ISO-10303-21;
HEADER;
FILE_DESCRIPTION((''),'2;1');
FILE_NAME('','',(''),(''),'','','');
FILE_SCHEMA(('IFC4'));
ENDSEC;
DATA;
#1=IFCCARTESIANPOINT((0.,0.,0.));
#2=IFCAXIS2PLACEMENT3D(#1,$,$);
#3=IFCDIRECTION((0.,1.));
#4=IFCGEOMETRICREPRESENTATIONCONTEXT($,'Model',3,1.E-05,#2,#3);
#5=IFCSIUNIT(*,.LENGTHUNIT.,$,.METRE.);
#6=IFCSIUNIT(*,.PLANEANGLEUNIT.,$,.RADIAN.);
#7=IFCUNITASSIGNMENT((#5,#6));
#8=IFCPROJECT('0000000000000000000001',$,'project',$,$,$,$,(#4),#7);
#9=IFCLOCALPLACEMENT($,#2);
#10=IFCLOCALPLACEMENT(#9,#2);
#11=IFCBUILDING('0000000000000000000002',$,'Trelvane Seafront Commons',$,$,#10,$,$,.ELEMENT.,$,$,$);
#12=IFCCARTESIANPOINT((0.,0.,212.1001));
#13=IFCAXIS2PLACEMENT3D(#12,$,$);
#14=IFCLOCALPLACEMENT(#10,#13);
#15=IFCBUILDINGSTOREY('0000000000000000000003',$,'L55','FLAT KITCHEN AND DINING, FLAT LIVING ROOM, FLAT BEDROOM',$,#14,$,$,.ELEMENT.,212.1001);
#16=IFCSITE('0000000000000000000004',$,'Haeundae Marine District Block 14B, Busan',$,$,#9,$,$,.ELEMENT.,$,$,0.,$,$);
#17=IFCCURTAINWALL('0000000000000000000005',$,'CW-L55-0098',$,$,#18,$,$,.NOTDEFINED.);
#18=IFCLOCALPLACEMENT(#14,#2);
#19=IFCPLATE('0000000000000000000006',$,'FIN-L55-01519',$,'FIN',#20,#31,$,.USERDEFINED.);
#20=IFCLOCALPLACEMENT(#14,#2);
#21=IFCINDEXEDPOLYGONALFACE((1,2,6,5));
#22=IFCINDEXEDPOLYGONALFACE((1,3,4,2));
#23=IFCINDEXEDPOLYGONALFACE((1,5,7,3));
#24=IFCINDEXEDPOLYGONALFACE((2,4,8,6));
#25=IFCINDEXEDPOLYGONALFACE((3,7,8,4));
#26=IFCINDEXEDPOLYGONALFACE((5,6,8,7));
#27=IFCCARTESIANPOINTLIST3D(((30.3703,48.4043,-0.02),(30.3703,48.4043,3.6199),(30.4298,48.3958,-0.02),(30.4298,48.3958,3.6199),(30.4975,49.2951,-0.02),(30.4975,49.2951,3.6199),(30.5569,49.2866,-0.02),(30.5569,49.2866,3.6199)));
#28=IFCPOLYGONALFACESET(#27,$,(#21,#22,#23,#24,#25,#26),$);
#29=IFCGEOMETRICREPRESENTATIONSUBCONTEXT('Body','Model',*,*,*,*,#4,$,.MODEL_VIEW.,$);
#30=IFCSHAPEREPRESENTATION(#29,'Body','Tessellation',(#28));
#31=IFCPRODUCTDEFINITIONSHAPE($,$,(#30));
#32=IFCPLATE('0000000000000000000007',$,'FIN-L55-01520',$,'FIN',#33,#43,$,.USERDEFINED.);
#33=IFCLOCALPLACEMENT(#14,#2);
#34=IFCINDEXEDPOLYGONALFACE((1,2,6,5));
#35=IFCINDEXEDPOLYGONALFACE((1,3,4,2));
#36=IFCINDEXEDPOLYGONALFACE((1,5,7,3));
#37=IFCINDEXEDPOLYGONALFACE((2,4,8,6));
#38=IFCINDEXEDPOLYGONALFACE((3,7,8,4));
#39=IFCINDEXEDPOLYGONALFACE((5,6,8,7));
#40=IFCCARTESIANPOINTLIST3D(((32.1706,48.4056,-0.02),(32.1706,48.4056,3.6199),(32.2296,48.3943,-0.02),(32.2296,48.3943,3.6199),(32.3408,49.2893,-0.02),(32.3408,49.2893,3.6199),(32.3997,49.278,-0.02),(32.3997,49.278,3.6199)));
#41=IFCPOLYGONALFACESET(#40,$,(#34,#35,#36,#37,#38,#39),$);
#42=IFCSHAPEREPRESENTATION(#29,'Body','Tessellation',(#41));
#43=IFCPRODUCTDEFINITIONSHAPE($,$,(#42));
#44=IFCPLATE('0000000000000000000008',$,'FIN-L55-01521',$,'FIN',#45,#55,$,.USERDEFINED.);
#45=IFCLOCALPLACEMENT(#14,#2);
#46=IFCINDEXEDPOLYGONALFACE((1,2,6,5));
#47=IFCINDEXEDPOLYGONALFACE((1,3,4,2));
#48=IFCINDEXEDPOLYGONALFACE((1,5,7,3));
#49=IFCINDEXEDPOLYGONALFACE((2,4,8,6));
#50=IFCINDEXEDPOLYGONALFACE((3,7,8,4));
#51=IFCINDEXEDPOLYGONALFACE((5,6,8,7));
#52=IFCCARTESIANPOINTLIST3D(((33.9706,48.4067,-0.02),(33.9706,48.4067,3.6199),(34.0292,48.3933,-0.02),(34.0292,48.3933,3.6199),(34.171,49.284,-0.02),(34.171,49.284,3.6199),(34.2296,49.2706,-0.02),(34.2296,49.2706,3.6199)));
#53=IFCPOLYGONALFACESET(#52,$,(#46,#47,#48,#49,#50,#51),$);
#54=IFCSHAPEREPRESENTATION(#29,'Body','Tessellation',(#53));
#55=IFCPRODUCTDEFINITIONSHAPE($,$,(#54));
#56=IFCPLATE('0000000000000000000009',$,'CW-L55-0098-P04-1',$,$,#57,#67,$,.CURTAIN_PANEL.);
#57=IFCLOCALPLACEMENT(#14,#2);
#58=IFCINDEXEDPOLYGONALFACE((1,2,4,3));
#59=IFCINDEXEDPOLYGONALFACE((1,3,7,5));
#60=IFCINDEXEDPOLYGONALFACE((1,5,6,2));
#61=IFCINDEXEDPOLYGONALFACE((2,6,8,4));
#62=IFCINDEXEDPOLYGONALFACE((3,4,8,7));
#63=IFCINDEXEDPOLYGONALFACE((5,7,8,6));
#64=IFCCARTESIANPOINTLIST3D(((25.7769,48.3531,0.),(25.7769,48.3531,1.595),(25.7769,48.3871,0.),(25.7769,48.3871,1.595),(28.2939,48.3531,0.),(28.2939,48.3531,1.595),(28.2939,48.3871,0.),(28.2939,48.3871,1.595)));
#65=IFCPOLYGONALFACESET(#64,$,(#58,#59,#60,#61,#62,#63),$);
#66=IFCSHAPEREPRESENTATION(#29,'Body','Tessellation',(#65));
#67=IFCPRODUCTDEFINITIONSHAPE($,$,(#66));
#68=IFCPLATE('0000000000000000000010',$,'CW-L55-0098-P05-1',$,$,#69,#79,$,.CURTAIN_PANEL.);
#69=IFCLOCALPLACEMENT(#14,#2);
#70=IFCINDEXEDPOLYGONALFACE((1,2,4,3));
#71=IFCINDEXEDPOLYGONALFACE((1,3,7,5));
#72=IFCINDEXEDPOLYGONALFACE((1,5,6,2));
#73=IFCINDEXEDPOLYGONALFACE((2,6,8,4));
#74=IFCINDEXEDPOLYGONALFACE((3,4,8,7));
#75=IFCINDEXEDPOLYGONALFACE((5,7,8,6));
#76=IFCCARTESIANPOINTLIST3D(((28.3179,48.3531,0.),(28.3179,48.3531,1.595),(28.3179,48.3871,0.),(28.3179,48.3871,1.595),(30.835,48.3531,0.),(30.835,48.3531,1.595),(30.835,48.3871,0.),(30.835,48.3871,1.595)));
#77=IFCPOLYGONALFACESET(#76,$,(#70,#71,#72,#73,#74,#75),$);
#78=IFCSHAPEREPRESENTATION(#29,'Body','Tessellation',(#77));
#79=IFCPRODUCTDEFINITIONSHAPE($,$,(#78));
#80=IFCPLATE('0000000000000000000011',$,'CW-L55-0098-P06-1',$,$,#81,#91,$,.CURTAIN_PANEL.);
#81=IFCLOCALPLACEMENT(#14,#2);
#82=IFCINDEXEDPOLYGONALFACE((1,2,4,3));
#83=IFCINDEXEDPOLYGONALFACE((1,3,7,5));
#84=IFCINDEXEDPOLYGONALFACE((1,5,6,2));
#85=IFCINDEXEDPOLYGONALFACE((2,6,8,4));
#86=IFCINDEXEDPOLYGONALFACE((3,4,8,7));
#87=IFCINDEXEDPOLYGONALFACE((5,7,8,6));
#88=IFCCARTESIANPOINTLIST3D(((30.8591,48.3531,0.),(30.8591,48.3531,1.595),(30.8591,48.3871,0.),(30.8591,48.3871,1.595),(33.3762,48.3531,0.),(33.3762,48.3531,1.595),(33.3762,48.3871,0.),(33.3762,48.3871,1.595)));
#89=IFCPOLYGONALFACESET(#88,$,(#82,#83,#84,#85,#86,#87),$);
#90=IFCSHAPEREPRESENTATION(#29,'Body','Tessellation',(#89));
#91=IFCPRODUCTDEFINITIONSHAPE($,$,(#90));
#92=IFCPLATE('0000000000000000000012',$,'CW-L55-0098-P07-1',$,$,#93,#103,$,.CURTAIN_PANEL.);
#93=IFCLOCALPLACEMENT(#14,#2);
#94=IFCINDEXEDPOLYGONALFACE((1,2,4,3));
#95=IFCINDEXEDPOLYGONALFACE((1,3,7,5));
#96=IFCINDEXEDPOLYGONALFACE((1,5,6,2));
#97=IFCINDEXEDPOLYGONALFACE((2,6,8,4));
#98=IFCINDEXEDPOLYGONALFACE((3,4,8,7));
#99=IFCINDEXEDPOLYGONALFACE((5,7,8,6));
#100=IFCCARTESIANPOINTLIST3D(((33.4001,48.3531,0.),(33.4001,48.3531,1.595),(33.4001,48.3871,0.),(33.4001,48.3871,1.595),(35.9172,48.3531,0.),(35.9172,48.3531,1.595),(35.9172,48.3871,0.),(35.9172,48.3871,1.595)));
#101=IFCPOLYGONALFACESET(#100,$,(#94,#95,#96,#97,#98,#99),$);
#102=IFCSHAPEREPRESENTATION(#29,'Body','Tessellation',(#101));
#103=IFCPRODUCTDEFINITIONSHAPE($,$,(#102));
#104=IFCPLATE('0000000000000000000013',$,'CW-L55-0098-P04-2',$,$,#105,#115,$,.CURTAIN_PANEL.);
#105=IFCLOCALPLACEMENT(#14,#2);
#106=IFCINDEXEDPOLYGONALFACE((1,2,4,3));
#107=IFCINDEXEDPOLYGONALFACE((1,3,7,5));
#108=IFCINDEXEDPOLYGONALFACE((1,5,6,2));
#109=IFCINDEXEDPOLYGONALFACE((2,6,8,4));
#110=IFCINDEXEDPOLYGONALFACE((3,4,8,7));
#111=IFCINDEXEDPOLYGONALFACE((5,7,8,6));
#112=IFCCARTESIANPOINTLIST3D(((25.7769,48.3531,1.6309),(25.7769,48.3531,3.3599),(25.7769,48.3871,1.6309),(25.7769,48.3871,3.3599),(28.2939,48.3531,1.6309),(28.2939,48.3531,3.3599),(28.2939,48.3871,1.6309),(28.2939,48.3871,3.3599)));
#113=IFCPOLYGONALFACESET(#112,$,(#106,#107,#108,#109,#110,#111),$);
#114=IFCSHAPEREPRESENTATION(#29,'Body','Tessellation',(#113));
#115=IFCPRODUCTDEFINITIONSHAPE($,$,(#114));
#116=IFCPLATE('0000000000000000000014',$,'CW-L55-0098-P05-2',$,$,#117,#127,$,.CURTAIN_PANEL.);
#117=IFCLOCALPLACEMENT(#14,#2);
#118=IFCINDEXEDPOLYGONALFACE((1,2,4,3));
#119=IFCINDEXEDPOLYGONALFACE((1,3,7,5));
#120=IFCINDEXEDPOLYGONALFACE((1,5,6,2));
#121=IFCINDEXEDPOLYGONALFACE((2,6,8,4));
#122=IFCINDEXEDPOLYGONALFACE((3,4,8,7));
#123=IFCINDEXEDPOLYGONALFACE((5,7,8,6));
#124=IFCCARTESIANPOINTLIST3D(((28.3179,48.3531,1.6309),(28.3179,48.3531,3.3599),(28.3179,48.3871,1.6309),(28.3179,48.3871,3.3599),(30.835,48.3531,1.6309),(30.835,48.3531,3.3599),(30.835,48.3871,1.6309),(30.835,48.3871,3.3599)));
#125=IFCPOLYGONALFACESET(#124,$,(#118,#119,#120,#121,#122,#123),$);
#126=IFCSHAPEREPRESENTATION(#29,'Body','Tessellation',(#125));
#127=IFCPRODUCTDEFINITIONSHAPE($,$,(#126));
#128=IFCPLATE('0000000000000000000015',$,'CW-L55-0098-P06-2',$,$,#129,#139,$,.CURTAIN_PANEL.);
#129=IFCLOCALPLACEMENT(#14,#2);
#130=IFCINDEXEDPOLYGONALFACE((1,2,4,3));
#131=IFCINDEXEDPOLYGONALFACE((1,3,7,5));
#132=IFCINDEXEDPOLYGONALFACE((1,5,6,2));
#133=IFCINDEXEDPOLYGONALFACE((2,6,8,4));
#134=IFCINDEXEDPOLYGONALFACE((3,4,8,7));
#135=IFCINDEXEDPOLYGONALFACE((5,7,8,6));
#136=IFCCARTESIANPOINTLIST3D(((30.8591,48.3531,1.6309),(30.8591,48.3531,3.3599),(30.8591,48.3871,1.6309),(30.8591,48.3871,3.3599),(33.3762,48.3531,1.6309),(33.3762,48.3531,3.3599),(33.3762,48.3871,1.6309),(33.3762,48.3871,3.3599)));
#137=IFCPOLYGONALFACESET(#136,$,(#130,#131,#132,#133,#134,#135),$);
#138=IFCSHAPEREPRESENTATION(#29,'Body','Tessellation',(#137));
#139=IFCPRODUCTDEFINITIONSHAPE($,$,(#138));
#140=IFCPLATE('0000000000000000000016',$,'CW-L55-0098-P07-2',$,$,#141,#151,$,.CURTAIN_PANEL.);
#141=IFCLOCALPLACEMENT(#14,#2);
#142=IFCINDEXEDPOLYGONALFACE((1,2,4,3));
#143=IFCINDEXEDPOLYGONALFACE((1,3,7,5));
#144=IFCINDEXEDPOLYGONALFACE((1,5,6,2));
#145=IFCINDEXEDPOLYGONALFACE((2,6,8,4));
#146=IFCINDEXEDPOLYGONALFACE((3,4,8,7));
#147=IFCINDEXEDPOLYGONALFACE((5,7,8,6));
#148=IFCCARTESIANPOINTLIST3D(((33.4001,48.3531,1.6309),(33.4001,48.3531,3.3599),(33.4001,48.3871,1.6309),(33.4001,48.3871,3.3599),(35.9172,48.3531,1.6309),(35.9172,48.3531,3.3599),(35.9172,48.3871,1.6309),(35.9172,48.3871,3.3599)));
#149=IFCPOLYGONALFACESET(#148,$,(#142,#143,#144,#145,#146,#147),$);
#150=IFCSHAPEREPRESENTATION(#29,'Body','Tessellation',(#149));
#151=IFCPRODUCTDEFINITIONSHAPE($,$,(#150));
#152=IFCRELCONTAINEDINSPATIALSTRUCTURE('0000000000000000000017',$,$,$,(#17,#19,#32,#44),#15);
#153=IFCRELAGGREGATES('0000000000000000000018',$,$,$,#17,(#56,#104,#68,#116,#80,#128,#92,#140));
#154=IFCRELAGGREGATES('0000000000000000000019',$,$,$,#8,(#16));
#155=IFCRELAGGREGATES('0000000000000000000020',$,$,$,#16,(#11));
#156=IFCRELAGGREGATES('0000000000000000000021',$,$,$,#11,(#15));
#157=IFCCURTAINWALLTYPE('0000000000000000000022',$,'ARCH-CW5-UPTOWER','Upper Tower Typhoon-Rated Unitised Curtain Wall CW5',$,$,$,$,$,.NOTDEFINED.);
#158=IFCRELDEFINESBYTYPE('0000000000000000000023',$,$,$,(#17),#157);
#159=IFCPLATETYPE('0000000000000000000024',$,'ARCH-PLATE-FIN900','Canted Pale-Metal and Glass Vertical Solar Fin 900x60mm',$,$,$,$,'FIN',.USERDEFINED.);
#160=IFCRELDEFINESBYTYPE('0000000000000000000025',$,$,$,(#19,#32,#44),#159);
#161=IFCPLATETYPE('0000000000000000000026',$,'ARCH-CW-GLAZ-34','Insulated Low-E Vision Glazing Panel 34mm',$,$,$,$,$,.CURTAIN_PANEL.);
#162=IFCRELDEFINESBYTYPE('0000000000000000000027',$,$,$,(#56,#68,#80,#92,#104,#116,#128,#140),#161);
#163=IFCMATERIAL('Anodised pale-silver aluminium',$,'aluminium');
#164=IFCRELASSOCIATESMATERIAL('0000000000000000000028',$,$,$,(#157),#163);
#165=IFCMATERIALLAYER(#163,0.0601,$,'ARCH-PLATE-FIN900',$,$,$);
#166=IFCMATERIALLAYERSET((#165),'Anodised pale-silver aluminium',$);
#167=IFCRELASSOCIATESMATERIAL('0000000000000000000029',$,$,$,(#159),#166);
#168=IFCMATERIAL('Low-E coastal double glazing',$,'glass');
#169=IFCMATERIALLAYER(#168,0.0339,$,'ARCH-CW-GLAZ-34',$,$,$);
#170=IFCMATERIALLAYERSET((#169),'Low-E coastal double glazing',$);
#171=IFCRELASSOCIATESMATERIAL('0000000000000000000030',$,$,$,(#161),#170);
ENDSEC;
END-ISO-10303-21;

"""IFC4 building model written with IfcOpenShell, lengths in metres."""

from ifc_helpers import new_model, si_unit, direction, frame, origin, origin_2d, place, context, subcontext, project, spatial, rectangle, extrude, source, transform, mapped, material, layer, layer_set, type_object, element, aggregate, save


model = new_model("IFC4")

# Units and contexts
model_context = context("Model", 3, precision=1e-05, world=origin(), true_north=direction((0.0, 1.0)))
body_context = subcontext(model_context, "Body", "Model", "MODEL_VIEW")
ifc_project = project(units=[si_unit("LENGTHUNIT", "METRE"), si_unit("PLANEANGLEUNIT", "RADIAN")], contexts=[model_context])

# Site, building, storey
site_placement = place(None, origin())
site = spatial("IfcSite", under=ifc_project, at=site_placement, Name="Haeundae Marine District Block 14B, Busan", CompositionType="ELEMENT", RefElevation=0.0)
building_placement = place(site_placement, origin())
building = spatial("IfcBuilding", under=site, at=building_placement, Name="Trelvane Seafront Commons", CompositionType="ELEMENT")
storey_placement = place(building_placement, frame((0.0, 0.0, 212.1001)))
storey = spatial("IfcBuildingStorey", under=building, at=storey_placement, Name="L55", Description="FLAT KITCHEN AND DINING, FLAT LIVING ROOM, FLAT BEDROOM", CompositionType="ELEMENT", Elevation=212.1001)

# Curtain wall
ifc_material_1 = material(Name="Anodised pale-silver aluminium", Category="aluminium")
curtain_wall_type = type_object("IfcCurtainWallType", Name="ARCH-CW5-UPTOWER", Description="Upper Tower Typhoon-Rated Unitised Curtain Wall CW5", PredefinedType="NOTDEFINED", material=ifc_material_1)
curtain_wall_placement = place(storey_placement, origin())
curtain_wall = element("IfcCurtainWall", 1, at=curtain_wall_placement, inside=storey, type_object=curtain_wall_type, Name="CW-L55-0098", PredefinedType="NOTDEFINED")

# Plates
ifc_layer_1 = layer(ifc_material_1, 0.0601, Name="ARCH-PLATE-FIN900")
ifc_layer_set_1 = layer_set([ifc_layer_1], Name="Anodised pale-silver aluminium")
plate_type_1 = type_object("IfcPlateType", Name="ARCH-PLATE-FIN900", Description="Canted Pale-Metal and Glass Vertical Solar Fin 900x60mm", ElementType="FIN", PredefinedType="USERDEFINED", material=ifc_layer_set_1)
shared_shape_1 = source(origin(), body_context, "Body", "SweptSolid", [
    extrude(rectangle(XDim=0.8999, YDim=0.0601, at=origin_2d()), origin(), (0.0, 0.0, 1.0), 3.6399),
])
for number, where, z_axis, x_axis, name in (
    (2, (30.4636, 48.8455, -0.02), (0.0, 0.0, 1.0), (0.141328, 0.989963, 0.0), "FIN-L55-01519"),
    (3, (32.2852, 48.8418, -0.02), (0.0, 0.0, 1.0), (0.189102, 0.981957, 0.0), "FIN-L55-01520"),
    (4, (34.1001, 48.8386, -0.02), (0.0, 0.0, 1.0), (0.222668, 0.974894, 0.0), "FIN-L55-01521"),
):
    element("IfcPlate", number, at=place(storey_placement, frame(where, z_axis=z_axis, x_axis=x_axis)), inside=storey, type_object=plate_type_1, Name=name, ObjectType="FIN", PredefinedType="USERDEFINED", context=body_context, shape_type="MappedRepresentation", body=[
        mapped(shared_shape_1, transform((0.0, 0.0, 0.0), x_axis=(1.0, 0.0, 0.0), y_axis=(0.0, 1.0, 0.0), z_axis=(0.0, 0.0, 1.0), scale=1.0)),
    ])

# Plates
ifc_material_2 = material(Name="Low-E coastal double glazing", Category="glass")
ifc_layer_2 = layer(ifc_material_2, 0.0339, Name="ARCH-CW-GLAZ-34")
ifc_layer_set_2 = layer_set([ifc_layer_2], Name="Low-E coastal double glazing")
plate_type_2 = type_object("IfcPlateType", Name="ARCH-CW-GLAZ-34", Description="Insulated Low-E Vision Glazing Panel 34mm", PredefinedType="CURTAIN_PANEL", material=ifc_layer_set_2)
shared_shape_2 = source(origin(), body_context, "Body", "SweptSolid", [
    extrude(rectangle(XDim=2.5171, YDim=0.0339, at=origin_2d()), origin(), (0.0, 0.0, 1.0), 1.595),
])
plate_1_placement = place(storey_placement, frame((27.0354, 48.3701, 0.0), z_axis=(0.0, 0.0, 1.0), x_axis=(1.0, 0.0, 0.0)))
plate_1 = element("IfcPlate", 5, at=plate_1_placement, type_object=plate_type_2, Name="CW-L55-0098-P04-1", PredefinedType="CURTAIN_PANEL", context=body_context, shape_type="MappedRepresentation", body=[
    mapped(shared_shape_2, transform((0.0, 0.0, 0.0), x_axis=(1.0, 0.0, 0.0), y_axis=(0.0, 1.0, 0.0), z_axis=(0.0, 0.0, 1.0), scale=1.0)),
])
plate_2_placement = place(storey_placement, frame((29.5764, 48.3701, 0.0), z_axis=(0.0, 0.0, 1.0), x_axis=(1.0, 0.0, 0.0)))
plate_2 = element("IfcPlate", 6, at=plate_2_placement, type_object=plate_type_2, Name="CW-L55-0098-P05-1", PredefinedType="CURTAIN_PANEL", context=body_context, shape_type="MappedRepresentation", body=[
    mapped(shared_shape_2, transform((0.0, 0.0, 0.0), x_axis=(1.0, 0.0, 0.0), y_axis=(0.0, 1.0, 0.0), z_axis=(0.0, 0.0, 1.0), scale=1.0)),
])
plate_3_placement = place(storey_placement, frame((32.1177, 48.3701, 0.0), z_axis=(0.0, 0.0, 1.0), x_axis=(1.0, 0.0, 0.0)))
plate_3 = element("IfcPlate", 7, at=plate_3_placement, type_object=plate_type_2, Name="CW-L55-0098-P06-1", PredefinedType="CURTAIN_PANEL", context=body_context, shape_type="MappedRepresentation", body=[
    mapped(shared_shape_2, transform((0.0, 0.0, 0.0), x_axis=(1.0, 0.0, 0.0), y_axis=(0.0, 1.0, 0.0), z_axis=(0.0, 0.0, 1.0), scale=1.0)),
])
plate_4_placement = place(storey_placement, frame((34.6587, 48.3701, 0.0), z_axis=(0.0, 0.0, 1.0), x_axis=(1.0, 0.0, 0.0)))
plate_4 = element("IfcPlate", 8, at=plate_4_placement, type_object=plate_type_2, Name="CW-L55-0098-P07-1", PredefinedType="CURTAIN_PANEL", context=body_context, shape_type="MappedRepresentation", body=[
    mapped(shared_shape_2, transform((0.0, 0.0, 0.0), x_axis=(1.0, 0.0, 0.0), y_axis=(0.0, 1.0, 0.0), z_axis=(0.0, 0.0, 1.0), scale=1.0)),
])
shared_shape_3 = source(origin(), body_context, "Body", "SweptSolid", [
    extrude(rectangle(XDim=2.5171, YDim=0.0339, at=origin_2d()), origin(), (0.0, 0.0, 1.0), 1.729),
])
plate_5_placement = place(storey_placement, frame((27.0354, 48.3701, 1.6309), z_axis=(0.0, 0.0, 1.0), x_axis=(1.0, 0.0, 0.0)))
plate_5 = element("IfcPlate", 9, at=plate_5_placement, type_object=plate_type_2, Name="CW-L55-0098-P04-2", PredefinedType="CURTAIN_PANEL", context=body_context, shape_type="MappedRepresentation", body=[
    mapped(shared_shape_3, transform((0.0, 0.0, 0.0), x_axis=(1.0, 0.0, 0.0), y_axis=(0.0, 1.0, 0.0), z_axis=(0.0, 0.0, 1.0), scale=1.0)),
])
plate_6_placement = place(storey_placement, frame((29.5764, 48.3701, 1.6309), z_axis=(0.0, 0.0, 1.0), x_axis=(1.0, 0.0, 0.0)))
plate_6 = element("IfcPlate", 10, at=plate_6_placement, type_object=plate_type_2, Name="CW-L55-0098-P05-2", PredefinedType="CURTAIN_PANEL", context=body_context, shape_type="MappedRepresentation", body=[
    mapped(shared_shape_3, transform((0.0, 0.0, 0.0), x_axis=(1.0, 0.0, 0.0), y_axis=(0.0, 1.0, 0.0), z_axis=(0.0, 0.0, 1.0), scale=1.0)),
])
plate_7_placement = place(storey_placement, frame((32.1177, 48.3701, 1.6309), z_axis=(0.0, 0.0, 1.0), x_axis=(1.0, 0.0, 0.0)))
plate_7 = element("IfcPlate", 11, at=plate_7_placement, type_object=plate_type_2, Name="CW-L55-0098-P06-2", PredefinedType="CURTAIN_PANEL", context=body_context, shape_type="MappedRepresentation", body=[
    mapped(shared_shape_3, transform((0.0, 0.0, 0.0), x_axis=(1.0, 0.0, 0.0), y_axis=(0.0, 1.0, 0.0), z_axis=(0.0, 0.0, 1.0), scale=1.0)),
])
plate_8_placement = place(storey_placement, frame((34.6587, 48.3701, 1.6309), z_axis=(0.0, 0.0, 1.0), x_axis=(1.0, 0.0, 0.0)))
plate_8 = element("IfcPlate", 12, at=plate_8_placement, type_object=plate_type_2, Name="CW-L55-0098-P07-2", PredefinedType="CURTAIN_PANEL", context=body_context, shape_type="MappedRepresentation", body=[
    mapped(shared_shape_3, transform((0.0, 0.0, 0.0), x_axis=(1.0, 0.0, 0.0), y_axis=(0.0, 1.0, 0.0), z_axis=(0.0, 0.0, 1.0), scale=1.0)),
])
aggregate(curtain_wall, [plate_1, plate_5, plate_2, plate_6, plate_3, plate_7, plate_4, plate_8])

save(model, "model.ifc")
